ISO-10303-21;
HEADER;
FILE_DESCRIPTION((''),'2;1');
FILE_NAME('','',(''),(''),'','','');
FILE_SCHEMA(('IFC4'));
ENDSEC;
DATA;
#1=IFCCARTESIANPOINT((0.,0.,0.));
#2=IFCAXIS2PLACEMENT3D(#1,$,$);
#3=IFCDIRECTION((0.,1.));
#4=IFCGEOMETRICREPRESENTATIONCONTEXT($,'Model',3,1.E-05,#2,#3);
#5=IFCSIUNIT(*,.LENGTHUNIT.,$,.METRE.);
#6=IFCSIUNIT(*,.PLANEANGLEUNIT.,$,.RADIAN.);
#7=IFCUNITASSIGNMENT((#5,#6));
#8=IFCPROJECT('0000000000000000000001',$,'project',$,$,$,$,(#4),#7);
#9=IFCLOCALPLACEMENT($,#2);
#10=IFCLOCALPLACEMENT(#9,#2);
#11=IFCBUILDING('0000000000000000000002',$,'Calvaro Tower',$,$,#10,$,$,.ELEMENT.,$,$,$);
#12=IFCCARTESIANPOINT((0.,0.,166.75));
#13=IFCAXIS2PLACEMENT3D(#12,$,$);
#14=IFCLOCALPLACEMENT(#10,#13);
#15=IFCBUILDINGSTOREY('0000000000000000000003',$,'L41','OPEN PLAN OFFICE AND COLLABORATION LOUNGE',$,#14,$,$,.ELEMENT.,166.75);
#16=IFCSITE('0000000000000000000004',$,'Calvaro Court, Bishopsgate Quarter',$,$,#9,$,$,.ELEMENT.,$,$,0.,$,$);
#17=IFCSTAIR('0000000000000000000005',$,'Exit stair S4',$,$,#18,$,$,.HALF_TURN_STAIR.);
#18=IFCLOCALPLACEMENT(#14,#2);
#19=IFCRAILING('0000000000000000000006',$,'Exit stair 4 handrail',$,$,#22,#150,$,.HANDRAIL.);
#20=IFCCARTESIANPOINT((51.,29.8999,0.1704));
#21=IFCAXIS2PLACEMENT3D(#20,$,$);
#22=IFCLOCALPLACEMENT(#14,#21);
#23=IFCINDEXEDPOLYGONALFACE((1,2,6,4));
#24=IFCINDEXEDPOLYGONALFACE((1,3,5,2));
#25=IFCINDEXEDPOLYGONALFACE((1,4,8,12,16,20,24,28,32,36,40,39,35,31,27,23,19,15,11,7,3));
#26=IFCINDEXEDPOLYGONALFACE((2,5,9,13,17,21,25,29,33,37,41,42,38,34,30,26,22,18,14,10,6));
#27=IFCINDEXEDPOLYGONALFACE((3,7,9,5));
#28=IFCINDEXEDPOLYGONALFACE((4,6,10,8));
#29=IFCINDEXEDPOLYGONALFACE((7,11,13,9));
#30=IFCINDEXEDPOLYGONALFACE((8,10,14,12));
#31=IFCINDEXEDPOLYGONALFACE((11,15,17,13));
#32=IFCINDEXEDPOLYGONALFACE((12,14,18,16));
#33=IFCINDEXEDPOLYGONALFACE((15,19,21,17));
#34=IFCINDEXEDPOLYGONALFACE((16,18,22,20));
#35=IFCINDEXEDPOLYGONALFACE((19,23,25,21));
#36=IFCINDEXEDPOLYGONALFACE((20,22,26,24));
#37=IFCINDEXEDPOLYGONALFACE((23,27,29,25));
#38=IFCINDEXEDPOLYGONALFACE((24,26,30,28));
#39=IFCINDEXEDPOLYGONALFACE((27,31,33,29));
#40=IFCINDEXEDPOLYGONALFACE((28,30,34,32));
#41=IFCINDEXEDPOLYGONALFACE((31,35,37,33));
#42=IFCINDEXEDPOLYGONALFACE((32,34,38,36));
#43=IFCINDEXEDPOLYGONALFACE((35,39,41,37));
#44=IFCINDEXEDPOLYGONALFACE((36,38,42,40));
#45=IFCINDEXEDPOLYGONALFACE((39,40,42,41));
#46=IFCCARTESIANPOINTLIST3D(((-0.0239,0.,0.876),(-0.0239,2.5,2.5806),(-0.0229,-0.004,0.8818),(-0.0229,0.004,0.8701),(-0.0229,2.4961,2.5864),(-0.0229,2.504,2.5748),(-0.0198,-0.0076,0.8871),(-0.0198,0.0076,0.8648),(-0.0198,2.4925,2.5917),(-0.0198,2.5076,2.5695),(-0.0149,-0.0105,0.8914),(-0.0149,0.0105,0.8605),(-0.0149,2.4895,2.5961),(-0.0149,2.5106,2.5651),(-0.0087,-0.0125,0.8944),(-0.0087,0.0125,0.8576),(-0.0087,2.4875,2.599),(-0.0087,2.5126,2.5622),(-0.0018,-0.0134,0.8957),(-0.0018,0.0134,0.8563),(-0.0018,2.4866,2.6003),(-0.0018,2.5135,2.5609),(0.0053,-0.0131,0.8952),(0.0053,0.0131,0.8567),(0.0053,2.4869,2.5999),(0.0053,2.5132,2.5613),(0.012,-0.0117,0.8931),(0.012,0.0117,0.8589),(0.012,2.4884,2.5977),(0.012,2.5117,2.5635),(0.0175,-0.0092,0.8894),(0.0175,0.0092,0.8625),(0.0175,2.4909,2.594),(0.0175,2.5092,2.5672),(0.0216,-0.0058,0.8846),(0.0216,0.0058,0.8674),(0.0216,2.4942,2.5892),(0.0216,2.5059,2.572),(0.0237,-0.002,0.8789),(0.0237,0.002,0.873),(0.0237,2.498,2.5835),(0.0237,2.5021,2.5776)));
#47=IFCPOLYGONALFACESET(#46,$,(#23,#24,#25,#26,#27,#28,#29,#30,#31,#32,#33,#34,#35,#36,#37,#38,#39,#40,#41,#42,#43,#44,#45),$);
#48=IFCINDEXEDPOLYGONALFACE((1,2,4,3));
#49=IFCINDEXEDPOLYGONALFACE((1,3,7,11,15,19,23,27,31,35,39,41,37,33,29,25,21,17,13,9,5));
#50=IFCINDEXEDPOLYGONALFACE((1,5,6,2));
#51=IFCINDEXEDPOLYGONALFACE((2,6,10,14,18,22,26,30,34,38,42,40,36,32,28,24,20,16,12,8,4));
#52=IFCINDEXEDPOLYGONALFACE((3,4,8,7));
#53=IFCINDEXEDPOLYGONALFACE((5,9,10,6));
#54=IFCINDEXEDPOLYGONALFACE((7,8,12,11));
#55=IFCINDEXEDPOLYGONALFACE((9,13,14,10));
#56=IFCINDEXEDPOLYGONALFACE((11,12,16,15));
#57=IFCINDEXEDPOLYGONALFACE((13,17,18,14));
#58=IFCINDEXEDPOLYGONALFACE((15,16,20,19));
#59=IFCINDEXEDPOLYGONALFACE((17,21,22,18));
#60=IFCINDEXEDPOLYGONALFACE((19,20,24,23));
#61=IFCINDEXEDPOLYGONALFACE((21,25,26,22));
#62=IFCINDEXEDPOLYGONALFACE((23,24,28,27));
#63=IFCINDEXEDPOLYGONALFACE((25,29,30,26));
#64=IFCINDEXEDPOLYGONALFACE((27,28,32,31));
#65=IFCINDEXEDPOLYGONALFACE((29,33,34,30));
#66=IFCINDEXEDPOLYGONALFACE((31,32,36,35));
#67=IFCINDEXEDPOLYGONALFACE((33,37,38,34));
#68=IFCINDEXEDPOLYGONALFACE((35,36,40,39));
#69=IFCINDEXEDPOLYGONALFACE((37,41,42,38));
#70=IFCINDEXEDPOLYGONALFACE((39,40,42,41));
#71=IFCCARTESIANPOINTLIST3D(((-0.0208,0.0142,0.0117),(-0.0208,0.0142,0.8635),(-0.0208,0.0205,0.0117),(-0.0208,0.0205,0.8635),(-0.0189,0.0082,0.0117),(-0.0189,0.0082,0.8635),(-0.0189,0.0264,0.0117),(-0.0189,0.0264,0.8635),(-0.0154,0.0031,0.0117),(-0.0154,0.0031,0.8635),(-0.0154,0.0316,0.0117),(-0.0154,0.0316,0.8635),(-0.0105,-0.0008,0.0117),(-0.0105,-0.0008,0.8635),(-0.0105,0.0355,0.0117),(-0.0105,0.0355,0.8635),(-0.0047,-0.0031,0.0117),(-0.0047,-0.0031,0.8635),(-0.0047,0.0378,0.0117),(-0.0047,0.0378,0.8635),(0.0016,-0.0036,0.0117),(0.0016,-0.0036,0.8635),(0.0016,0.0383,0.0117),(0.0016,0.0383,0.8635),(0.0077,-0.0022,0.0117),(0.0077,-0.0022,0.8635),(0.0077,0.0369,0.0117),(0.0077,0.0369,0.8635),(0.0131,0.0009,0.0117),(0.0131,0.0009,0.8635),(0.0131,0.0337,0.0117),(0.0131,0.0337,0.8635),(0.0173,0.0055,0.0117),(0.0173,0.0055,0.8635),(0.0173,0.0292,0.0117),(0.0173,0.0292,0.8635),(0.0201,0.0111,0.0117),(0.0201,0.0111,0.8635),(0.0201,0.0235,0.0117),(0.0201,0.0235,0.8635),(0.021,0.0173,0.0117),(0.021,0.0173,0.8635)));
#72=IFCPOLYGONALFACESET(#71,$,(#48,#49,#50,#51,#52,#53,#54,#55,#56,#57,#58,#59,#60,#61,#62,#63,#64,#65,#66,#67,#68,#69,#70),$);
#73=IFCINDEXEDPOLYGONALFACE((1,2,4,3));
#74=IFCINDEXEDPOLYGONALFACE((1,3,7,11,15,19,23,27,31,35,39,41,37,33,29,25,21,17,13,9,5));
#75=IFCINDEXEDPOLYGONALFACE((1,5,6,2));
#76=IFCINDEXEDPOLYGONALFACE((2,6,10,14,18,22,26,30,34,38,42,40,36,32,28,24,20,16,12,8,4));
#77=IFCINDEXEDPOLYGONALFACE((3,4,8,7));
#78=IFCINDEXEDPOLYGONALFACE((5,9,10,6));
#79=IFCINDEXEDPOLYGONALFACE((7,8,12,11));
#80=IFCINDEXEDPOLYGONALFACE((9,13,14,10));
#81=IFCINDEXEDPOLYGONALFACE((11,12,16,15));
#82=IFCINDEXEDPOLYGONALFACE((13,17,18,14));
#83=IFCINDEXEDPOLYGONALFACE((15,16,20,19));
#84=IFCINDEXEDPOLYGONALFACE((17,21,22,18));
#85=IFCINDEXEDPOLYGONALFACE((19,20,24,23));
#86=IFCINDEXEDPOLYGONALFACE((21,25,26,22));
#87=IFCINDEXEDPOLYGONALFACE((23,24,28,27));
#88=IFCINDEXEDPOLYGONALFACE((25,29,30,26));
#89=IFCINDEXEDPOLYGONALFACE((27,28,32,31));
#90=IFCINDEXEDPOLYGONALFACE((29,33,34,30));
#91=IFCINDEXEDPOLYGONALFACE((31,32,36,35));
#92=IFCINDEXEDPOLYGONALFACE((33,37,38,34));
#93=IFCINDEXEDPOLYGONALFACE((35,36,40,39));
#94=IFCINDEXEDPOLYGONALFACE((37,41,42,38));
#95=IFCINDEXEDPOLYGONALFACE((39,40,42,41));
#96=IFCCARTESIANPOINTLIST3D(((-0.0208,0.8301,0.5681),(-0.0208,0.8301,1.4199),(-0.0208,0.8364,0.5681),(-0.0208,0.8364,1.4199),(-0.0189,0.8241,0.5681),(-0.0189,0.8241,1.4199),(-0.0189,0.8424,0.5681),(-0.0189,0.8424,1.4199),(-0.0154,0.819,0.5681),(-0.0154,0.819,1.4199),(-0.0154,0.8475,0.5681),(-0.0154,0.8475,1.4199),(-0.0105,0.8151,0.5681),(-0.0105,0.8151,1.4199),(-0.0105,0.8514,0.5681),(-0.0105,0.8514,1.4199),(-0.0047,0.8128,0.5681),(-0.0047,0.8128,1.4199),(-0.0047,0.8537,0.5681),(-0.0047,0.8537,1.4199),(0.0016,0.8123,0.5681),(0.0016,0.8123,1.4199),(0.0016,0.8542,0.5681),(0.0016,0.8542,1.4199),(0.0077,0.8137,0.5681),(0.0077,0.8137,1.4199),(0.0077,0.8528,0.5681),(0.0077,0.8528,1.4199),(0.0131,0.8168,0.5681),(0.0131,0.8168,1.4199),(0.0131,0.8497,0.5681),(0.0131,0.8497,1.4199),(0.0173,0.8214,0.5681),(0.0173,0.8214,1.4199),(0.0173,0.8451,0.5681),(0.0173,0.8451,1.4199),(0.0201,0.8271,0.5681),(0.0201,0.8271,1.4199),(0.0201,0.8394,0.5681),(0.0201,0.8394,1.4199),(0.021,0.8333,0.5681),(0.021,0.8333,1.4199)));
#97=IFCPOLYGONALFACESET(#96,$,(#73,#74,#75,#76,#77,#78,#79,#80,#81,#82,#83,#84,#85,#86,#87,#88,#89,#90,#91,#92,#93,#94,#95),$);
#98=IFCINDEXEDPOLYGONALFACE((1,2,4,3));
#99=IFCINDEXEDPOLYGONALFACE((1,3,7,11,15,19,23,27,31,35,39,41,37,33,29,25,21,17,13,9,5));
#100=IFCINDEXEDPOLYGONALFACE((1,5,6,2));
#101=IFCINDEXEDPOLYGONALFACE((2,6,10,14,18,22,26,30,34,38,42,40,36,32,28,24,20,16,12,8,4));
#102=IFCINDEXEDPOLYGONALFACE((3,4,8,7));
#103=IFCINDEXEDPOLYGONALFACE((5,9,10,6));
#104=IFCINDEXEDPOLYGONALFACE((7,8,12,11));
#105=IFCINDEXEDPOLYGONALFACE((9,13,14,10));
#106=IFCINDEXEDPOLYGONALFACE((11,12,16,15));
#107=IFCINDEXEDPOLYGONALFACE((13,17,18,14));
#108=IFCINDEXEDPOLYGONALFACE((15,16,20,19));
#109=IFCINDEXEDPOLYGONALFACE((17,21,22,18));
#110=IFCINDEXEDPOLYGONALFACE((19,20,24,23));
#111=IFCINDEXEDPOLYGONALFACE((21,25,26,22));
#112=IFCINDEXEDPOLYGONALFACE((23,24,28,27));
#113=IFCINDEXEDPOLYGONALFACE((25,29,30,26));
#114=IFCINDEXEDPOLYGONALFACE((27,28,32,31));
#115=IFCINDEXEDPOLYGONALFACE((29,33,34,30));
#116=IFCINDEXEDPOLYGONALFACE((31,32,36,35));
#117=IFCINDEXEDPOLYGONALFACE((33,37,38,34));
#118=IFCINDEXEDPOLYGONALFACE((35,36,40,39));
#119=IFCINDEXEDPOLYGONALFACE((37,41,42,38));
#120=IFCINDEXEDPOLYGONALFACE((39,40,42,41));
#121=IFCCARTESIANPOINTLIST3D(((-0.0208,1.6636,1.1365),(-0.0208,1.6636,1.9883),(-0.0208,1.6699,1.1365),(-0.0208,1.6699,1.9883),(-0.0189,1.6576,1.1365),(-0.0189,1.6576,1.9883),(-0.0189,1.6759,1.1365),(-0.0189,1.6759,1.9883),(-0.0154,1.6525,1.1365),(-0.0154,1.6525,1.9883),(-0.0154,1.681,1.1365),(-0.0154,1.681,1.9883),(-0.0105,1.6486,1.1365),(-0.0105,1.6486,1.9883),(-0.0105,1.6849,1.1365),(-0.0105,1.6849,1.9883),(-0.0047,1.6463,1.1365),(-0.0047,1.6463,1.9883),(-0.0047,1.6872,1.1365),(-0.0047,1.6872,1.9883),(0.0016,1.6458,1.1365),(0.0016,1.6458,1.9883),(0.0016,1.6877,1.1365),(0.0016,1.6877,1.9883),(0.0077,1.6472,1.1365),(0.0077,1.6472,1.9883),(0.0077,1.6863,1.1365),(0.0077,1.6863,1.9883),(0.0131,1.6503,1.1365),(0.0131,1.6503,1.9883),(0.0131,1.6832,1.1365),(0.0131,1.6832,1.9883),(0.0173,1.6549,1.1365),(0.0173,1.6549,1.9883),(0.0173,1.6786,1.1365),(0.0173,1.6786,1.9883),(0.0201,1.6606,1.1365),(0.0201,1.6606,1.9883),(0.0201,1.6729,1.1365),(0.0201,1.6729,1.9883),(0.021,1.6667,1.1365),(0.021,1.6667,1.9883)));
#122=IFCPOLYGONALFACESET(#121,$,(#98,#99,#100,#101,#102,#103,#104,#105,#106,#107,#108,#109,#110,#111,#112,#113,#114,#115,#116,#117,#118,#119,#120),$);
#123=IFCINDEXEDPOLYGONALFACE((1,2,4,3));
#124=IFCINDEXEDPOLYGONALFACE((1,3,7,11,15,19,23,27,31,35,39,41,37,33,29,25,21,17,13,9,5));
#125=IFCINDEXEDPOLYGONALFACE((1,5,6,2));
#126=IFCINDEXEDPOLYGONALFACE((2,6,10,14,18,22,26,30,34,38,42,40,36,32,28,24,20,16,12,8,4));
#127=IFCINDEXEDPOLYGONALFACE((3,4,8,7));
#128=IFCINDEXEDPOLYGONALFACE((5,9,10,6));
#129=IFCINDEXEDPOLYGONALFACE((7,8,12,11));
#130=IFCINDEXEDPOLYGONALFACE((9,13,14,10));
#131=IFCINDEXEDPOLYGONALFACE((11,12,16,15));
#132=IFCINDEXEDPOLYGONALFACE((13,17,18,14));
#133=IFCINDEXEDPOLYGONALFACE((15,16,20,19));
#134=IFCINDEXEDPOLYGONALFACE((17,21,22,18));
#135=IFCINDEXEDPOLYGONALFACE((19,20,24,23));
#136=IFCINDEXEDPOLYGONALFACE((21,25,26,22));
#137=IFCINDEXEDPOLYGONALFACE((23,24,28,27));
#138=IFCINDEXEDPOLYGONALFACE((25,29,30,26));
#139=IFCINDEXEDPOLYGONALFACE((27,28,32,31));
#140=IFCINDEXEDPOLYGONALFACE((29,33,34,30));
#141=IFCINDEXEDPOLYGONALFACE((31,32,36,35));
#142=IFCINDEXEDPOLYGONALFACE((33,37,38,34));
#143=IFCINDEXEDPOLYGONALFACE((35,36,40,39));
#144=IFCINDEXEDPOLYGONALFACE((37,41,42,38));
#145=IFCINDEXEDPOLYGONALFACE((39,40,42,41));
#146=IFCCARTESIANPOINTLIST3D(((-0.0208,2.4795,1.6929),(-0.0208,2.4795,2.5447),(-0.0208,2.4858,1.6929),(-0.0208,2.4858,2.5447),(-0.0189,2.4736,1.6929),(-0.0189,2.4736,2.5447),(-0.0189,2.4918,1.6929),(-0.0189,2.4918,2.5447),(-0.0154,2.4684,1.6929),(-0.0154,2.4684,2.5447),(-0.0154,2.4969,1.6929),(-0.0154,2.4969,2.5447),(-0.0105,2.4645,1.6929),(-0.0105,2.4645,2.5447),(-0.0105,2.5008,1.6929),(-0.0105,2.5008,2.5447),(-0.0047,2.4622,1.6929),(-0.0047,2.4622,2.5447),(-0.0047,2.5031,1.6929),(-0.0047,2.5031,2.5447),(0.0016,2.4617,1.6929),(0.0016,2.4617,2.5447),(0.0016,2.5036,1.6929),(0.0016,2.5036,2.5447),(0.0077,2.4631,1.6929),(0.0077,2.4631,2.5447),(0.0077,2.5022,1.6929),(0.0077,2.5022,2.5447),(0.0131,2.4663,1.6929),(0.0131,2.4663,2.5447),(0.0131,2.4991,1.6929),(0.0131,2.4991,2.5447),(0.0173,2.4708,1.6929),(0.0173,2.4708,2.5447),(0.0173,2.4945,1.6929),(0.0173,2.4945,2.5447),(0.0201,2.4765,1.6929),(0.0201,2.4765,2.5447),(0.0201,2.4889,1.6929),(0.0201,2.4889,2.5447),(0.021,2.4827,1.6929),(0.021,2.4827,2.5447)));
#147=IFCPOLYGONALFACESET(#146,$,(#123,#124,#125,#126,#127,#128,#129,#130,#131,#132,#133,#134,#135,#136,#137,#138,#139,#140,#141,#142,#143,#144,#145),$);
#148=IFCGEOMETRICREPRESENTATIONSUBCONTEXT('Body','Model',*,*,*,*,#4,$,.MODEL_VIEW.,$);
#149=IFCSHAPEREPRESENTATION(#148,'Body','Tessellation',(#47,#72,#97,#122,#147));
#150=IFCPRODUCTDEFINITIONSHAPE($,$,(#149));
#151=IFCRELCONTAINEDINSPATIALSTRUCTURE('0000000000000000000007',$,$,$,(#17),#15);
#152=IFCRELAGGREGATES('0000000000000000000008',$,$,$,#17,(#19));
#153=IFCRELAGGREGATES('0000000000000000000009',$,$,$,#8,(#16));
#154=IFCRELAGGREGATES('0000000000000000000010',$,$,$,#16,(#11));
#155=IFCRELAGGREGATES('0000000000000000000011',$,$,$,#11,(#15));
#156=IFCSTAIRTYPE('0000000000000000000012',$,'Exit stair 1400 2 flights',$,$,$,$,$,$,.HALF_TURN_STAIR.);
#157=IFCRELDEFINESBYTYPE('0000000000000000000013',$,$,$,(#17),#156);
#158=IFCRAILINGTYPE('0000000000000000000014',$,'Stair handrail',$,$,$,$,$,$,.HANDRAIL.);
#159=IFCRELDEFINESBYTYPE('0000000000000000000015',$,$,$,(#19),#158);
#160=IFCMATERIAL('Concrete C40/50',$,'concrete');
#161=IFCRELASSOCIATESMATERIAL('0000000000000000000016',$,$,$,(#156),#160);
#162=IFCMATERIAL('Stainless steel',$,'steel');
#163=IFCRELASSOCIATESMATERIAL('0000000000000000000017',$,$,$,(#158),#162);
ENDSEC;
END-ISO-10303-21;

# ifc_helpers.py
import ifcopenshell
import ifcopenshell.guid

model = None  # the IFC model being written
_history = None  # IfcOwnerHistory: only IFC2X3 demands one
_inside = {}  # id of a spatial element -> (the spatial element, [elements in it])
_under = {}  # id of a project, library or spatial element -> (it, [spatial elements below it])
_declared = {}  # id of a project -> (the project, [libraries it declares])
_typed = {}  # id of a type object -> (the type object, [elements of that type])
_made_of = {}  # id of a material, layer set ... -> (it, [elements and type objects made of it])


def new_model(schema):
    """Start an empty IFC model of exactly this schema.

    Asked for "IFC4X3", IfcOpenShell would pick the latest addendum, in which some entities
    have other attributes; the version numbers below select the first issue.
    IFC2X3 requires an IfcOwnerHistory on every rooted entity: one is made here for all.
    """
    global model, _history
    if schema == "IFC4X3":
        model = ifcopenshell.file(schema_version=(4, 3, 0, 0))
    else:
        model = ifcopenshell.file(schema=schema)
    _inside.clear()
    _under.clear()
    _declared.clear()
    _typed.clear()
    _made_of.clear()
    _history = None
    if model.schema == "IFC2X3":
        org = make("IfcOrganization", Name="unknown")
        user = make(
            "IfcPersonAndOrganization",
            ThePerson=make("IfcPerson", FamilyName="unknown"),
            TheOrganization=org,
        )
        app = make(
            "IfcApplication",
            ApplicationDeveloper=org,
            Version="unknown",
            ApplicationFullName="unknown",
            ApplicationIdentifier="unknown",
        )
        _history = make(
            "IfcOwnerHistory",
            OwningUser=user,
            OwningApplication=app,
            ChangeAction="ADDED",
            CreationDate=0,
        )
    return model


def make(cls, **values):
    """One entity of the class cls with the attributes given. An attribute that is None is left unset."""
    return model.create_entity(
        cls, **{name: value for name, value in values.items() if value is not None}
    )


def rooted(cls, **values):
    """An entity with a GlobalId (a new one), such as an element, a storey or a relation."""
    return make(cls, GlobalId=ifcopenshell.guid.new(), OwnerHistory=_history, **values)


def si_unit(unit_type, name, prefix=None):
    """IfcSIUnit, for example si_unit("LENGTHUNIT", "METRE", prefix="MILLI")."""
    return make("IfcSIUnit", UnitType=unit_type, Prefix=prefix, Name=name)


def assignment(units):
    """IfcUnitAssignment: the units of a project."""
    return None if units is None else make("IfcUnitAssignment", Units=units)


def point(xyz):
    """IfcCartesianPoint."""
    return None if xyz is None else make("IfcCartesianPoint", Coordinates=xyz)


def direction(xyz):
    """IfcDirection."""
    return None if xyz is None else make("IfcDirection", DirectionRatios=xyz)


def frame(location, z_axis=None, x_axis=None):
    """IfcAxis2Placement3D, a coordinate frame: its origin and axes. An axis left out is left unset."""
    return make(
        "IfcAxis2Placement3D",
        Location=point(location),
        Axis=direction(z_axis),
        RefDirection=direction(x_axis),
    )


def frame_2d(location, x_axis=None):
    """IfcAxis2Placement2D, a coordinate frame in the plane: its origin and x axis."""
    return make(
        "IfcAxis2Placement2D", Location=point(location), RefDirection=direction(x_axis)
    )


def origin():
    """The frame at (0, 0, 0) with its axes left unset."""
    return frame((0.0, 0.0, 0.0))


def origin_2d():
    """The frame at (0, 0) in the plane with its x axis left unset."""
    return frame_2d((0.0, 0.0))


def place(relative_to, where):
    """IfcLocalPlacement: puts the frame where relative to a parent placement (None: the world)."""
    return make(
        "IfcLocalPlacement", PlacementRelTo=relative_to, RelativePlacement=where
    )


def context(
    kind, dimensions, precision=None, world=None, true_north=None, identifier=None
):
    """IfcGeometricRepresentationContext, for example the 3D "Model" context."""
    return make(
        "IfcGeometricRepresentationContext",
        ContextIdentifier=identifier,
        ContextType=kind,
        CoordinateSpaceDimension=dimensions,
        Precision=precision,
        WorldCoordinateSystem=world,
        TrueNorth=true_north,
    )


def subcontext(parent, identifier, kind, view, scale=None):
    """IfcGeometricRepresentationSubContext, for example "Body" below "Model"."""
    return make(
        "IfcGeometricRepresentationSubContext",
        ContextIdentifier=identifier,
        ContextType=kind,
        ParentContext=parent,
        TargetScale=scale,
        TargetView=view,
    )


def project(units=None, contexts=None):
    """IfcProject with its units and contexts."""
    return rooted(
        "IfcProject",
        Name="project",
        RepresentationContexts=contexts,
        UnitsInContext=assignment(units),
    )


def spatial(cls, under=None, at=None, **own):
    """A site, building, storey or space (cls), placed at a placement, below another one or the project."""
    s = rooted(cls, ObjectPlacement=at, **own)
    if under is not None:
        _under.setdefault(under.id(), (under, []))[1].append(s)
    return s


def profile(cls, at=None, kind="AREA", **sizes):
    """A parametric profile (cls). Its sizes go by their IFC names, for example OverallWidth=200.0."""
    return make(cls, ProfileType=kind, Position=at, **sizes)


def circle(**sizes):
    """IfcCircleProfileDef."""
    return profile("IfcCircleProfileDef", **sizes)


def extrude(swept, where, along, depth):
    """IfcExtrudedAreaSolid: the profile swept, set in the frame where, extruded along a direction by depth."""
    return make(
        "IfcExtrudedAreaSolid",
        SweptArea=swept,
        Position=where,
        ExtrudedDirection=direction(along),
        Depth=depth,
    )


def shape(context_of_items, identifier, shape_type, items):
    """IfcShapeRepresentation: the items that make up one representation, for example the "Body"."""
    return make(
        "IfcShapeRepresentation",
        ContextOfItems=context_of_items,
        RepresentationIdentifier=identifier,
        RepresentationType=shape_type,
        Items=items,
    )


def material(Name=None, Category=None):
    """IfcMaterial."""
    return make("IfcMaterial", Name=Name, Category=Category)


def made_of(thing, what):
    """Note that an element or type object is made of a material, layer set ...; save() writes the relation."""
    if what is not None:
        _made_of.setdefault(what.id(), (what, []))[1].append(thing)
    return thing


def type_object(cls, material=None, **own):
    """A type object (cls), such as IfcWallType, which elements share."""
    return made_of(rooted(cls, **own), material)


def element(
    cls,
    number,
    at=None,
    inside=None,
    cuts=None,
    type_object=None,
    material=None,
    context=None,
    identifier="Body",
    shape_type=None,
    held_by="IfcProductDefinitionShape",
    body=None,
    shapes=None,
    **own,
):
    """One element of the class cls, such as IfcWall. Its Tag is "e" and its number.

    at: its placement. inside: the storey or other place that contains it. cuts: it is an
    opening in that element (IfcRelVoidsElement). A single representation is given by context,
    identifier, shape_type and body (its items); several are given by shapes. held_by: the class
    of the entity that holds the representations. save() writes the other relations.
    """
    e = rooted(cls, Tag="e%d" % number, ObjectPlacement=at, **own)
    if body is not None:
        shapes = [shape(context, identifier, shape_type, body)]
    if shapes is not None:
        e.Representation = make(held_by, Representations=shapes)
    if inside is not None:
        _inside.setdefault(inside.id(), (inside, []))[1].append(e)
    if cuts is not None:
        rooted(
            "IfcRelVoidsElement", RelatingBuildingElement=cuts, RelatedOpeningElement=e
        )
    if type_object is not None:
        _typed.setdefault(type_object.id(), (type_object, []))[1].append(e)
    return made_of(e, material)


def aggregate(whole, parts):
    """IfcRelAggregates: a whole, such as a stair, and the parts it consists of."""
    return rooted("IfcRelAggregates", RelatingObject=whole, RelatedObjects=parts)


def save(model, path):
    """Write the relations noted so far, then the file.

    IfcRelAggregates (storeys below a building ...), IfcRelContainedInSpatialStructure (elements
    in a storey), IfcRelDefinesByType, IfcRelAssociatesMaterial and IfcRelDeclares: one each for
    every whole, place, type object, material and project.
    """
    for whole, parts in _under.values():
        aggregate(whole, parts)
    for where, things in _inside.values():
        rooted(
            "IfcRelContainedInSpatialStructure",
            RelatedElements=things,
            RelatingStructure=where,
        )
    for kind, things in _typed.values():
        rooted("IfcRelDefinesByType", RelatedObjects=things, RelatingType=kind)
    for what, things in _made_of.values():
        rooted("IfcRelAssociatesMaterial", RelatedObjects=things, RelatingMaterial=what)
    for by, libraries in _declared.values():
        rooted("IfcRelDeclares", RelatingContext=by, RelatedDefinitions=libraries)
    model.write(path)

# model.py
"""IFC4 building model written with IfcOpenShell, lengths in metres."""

from ifc_helpers import new_model, si_unit, direction, frame, origin, origin_2d, place, context, subcontext, project, spatial, circle, extrude, material, type_object, element, aggregate, save


model = new_model("IFC4")

# Units and contexts
model_context = context("Model", 3, precision=1e-05, world=origin(), true_north=direction((0.0, 1.0)))
body_context = subcontext(model_context, "Body", "Model", "MODEL_VIEW")
ifc_project = project(units=[si_unit("LENGTHUNIT", "METRE"), si_unit("PLANEANGLEUNIT", "RADIAN")], contexts=[model_context])

# Site, building, storey
site_placement = place(None, origin())
site = spatial("IfcSite", under=ifc_project, at=site_placement, Name="Calvaro Court, Bishopsgate Quarter", CompositionType="ELEMENT", RefElevation=0.0)
building_placement = place(site_placement, origin())
building = spatial("IfcBuilding", under=site, at=building_placement, Name="Calvaro Tower", CompositionType="ELEMENT")
storey_placement = place(building_placement, frame((0.0, 0.0, 166.75)))
storey = spatial("IfcBuildingStorey", under=building, at=storey_placement, Name="L41", Description="OPEN PLAN OFFICE AND COLLABORATION LOUNGE", CompositionType="ELEMENT", Elevation=166.75)

# Shared definitions
ifc_material_1 = material(Name="Concrete C40/50", Category="concrete")
stair_type = type_object("IfcStairType", Name="Exit stair 1400 2 flights", PredefinedType="HALF_TURN_STAIR", material=ifc_material_1)

# Stair
stair_1_placement = place(storey_placement, origin())
stair_1 = element("IfcStair", 1, at=stair_1_placement, inside=storey, type_object=stair_type, Name="Exit stair S4", PredefinedType="HALF_TURN_STAIR")

# Railing
ifc_material_2 = material(Name="Stainless steel", Category="steel")
railing_type = type_object("IfcRailingType", Name="Stair handrail", PredefinedType="HANDRAIL", material=ifc_material_2)
railing_1_placement = place(storey_placement, frame((51.0, 29.8999, 0.1704)))
railing_1 = element("IfcRailing", 2, at=railing_1_placement, type_object=railing_type, Name="Exit stair 4 handrail", PredefinedType="HANDRAIL", context=body_context, shape_type="SweptSolid", body=[
    extrude(circle(Radius=0.0239, at=origin_2d()), frame((0.0, 0.0, 0.876), z_axis=(0.0, 0.826221, 0.563347), x_axis=(-1.0, 0.0, 0.0)), (0.0, 0.0, 1.0), 3.0259),
    extrude(circle(Radius=0.021, at=origin_2d()), frame((0.0, 0.0173, 0.0117)), (0.0, 0.0, 1.0), 0.8518),
    extrude(circle(Radius=0.021, at=origin_2d()), frame((0.0, 0.8333, 0.5681)), (0.0, 0.0, 1.0), 0.8518),
    extrude(circle(Radius=0.021, at=origin_2d()), frame((0.0, 1.6667, 1.1365)), (0.0, 0.0, 1.0), 0.8518),
    extrude(circle(Radius=0.021, at=origin_2d()), frame((0.0, 2.4827, 1.6929)), (0.0, 0.0, 1.0), 0.8518),
])
aggregate(stair_1, [railing_1])

save(model, "model.ifc")
